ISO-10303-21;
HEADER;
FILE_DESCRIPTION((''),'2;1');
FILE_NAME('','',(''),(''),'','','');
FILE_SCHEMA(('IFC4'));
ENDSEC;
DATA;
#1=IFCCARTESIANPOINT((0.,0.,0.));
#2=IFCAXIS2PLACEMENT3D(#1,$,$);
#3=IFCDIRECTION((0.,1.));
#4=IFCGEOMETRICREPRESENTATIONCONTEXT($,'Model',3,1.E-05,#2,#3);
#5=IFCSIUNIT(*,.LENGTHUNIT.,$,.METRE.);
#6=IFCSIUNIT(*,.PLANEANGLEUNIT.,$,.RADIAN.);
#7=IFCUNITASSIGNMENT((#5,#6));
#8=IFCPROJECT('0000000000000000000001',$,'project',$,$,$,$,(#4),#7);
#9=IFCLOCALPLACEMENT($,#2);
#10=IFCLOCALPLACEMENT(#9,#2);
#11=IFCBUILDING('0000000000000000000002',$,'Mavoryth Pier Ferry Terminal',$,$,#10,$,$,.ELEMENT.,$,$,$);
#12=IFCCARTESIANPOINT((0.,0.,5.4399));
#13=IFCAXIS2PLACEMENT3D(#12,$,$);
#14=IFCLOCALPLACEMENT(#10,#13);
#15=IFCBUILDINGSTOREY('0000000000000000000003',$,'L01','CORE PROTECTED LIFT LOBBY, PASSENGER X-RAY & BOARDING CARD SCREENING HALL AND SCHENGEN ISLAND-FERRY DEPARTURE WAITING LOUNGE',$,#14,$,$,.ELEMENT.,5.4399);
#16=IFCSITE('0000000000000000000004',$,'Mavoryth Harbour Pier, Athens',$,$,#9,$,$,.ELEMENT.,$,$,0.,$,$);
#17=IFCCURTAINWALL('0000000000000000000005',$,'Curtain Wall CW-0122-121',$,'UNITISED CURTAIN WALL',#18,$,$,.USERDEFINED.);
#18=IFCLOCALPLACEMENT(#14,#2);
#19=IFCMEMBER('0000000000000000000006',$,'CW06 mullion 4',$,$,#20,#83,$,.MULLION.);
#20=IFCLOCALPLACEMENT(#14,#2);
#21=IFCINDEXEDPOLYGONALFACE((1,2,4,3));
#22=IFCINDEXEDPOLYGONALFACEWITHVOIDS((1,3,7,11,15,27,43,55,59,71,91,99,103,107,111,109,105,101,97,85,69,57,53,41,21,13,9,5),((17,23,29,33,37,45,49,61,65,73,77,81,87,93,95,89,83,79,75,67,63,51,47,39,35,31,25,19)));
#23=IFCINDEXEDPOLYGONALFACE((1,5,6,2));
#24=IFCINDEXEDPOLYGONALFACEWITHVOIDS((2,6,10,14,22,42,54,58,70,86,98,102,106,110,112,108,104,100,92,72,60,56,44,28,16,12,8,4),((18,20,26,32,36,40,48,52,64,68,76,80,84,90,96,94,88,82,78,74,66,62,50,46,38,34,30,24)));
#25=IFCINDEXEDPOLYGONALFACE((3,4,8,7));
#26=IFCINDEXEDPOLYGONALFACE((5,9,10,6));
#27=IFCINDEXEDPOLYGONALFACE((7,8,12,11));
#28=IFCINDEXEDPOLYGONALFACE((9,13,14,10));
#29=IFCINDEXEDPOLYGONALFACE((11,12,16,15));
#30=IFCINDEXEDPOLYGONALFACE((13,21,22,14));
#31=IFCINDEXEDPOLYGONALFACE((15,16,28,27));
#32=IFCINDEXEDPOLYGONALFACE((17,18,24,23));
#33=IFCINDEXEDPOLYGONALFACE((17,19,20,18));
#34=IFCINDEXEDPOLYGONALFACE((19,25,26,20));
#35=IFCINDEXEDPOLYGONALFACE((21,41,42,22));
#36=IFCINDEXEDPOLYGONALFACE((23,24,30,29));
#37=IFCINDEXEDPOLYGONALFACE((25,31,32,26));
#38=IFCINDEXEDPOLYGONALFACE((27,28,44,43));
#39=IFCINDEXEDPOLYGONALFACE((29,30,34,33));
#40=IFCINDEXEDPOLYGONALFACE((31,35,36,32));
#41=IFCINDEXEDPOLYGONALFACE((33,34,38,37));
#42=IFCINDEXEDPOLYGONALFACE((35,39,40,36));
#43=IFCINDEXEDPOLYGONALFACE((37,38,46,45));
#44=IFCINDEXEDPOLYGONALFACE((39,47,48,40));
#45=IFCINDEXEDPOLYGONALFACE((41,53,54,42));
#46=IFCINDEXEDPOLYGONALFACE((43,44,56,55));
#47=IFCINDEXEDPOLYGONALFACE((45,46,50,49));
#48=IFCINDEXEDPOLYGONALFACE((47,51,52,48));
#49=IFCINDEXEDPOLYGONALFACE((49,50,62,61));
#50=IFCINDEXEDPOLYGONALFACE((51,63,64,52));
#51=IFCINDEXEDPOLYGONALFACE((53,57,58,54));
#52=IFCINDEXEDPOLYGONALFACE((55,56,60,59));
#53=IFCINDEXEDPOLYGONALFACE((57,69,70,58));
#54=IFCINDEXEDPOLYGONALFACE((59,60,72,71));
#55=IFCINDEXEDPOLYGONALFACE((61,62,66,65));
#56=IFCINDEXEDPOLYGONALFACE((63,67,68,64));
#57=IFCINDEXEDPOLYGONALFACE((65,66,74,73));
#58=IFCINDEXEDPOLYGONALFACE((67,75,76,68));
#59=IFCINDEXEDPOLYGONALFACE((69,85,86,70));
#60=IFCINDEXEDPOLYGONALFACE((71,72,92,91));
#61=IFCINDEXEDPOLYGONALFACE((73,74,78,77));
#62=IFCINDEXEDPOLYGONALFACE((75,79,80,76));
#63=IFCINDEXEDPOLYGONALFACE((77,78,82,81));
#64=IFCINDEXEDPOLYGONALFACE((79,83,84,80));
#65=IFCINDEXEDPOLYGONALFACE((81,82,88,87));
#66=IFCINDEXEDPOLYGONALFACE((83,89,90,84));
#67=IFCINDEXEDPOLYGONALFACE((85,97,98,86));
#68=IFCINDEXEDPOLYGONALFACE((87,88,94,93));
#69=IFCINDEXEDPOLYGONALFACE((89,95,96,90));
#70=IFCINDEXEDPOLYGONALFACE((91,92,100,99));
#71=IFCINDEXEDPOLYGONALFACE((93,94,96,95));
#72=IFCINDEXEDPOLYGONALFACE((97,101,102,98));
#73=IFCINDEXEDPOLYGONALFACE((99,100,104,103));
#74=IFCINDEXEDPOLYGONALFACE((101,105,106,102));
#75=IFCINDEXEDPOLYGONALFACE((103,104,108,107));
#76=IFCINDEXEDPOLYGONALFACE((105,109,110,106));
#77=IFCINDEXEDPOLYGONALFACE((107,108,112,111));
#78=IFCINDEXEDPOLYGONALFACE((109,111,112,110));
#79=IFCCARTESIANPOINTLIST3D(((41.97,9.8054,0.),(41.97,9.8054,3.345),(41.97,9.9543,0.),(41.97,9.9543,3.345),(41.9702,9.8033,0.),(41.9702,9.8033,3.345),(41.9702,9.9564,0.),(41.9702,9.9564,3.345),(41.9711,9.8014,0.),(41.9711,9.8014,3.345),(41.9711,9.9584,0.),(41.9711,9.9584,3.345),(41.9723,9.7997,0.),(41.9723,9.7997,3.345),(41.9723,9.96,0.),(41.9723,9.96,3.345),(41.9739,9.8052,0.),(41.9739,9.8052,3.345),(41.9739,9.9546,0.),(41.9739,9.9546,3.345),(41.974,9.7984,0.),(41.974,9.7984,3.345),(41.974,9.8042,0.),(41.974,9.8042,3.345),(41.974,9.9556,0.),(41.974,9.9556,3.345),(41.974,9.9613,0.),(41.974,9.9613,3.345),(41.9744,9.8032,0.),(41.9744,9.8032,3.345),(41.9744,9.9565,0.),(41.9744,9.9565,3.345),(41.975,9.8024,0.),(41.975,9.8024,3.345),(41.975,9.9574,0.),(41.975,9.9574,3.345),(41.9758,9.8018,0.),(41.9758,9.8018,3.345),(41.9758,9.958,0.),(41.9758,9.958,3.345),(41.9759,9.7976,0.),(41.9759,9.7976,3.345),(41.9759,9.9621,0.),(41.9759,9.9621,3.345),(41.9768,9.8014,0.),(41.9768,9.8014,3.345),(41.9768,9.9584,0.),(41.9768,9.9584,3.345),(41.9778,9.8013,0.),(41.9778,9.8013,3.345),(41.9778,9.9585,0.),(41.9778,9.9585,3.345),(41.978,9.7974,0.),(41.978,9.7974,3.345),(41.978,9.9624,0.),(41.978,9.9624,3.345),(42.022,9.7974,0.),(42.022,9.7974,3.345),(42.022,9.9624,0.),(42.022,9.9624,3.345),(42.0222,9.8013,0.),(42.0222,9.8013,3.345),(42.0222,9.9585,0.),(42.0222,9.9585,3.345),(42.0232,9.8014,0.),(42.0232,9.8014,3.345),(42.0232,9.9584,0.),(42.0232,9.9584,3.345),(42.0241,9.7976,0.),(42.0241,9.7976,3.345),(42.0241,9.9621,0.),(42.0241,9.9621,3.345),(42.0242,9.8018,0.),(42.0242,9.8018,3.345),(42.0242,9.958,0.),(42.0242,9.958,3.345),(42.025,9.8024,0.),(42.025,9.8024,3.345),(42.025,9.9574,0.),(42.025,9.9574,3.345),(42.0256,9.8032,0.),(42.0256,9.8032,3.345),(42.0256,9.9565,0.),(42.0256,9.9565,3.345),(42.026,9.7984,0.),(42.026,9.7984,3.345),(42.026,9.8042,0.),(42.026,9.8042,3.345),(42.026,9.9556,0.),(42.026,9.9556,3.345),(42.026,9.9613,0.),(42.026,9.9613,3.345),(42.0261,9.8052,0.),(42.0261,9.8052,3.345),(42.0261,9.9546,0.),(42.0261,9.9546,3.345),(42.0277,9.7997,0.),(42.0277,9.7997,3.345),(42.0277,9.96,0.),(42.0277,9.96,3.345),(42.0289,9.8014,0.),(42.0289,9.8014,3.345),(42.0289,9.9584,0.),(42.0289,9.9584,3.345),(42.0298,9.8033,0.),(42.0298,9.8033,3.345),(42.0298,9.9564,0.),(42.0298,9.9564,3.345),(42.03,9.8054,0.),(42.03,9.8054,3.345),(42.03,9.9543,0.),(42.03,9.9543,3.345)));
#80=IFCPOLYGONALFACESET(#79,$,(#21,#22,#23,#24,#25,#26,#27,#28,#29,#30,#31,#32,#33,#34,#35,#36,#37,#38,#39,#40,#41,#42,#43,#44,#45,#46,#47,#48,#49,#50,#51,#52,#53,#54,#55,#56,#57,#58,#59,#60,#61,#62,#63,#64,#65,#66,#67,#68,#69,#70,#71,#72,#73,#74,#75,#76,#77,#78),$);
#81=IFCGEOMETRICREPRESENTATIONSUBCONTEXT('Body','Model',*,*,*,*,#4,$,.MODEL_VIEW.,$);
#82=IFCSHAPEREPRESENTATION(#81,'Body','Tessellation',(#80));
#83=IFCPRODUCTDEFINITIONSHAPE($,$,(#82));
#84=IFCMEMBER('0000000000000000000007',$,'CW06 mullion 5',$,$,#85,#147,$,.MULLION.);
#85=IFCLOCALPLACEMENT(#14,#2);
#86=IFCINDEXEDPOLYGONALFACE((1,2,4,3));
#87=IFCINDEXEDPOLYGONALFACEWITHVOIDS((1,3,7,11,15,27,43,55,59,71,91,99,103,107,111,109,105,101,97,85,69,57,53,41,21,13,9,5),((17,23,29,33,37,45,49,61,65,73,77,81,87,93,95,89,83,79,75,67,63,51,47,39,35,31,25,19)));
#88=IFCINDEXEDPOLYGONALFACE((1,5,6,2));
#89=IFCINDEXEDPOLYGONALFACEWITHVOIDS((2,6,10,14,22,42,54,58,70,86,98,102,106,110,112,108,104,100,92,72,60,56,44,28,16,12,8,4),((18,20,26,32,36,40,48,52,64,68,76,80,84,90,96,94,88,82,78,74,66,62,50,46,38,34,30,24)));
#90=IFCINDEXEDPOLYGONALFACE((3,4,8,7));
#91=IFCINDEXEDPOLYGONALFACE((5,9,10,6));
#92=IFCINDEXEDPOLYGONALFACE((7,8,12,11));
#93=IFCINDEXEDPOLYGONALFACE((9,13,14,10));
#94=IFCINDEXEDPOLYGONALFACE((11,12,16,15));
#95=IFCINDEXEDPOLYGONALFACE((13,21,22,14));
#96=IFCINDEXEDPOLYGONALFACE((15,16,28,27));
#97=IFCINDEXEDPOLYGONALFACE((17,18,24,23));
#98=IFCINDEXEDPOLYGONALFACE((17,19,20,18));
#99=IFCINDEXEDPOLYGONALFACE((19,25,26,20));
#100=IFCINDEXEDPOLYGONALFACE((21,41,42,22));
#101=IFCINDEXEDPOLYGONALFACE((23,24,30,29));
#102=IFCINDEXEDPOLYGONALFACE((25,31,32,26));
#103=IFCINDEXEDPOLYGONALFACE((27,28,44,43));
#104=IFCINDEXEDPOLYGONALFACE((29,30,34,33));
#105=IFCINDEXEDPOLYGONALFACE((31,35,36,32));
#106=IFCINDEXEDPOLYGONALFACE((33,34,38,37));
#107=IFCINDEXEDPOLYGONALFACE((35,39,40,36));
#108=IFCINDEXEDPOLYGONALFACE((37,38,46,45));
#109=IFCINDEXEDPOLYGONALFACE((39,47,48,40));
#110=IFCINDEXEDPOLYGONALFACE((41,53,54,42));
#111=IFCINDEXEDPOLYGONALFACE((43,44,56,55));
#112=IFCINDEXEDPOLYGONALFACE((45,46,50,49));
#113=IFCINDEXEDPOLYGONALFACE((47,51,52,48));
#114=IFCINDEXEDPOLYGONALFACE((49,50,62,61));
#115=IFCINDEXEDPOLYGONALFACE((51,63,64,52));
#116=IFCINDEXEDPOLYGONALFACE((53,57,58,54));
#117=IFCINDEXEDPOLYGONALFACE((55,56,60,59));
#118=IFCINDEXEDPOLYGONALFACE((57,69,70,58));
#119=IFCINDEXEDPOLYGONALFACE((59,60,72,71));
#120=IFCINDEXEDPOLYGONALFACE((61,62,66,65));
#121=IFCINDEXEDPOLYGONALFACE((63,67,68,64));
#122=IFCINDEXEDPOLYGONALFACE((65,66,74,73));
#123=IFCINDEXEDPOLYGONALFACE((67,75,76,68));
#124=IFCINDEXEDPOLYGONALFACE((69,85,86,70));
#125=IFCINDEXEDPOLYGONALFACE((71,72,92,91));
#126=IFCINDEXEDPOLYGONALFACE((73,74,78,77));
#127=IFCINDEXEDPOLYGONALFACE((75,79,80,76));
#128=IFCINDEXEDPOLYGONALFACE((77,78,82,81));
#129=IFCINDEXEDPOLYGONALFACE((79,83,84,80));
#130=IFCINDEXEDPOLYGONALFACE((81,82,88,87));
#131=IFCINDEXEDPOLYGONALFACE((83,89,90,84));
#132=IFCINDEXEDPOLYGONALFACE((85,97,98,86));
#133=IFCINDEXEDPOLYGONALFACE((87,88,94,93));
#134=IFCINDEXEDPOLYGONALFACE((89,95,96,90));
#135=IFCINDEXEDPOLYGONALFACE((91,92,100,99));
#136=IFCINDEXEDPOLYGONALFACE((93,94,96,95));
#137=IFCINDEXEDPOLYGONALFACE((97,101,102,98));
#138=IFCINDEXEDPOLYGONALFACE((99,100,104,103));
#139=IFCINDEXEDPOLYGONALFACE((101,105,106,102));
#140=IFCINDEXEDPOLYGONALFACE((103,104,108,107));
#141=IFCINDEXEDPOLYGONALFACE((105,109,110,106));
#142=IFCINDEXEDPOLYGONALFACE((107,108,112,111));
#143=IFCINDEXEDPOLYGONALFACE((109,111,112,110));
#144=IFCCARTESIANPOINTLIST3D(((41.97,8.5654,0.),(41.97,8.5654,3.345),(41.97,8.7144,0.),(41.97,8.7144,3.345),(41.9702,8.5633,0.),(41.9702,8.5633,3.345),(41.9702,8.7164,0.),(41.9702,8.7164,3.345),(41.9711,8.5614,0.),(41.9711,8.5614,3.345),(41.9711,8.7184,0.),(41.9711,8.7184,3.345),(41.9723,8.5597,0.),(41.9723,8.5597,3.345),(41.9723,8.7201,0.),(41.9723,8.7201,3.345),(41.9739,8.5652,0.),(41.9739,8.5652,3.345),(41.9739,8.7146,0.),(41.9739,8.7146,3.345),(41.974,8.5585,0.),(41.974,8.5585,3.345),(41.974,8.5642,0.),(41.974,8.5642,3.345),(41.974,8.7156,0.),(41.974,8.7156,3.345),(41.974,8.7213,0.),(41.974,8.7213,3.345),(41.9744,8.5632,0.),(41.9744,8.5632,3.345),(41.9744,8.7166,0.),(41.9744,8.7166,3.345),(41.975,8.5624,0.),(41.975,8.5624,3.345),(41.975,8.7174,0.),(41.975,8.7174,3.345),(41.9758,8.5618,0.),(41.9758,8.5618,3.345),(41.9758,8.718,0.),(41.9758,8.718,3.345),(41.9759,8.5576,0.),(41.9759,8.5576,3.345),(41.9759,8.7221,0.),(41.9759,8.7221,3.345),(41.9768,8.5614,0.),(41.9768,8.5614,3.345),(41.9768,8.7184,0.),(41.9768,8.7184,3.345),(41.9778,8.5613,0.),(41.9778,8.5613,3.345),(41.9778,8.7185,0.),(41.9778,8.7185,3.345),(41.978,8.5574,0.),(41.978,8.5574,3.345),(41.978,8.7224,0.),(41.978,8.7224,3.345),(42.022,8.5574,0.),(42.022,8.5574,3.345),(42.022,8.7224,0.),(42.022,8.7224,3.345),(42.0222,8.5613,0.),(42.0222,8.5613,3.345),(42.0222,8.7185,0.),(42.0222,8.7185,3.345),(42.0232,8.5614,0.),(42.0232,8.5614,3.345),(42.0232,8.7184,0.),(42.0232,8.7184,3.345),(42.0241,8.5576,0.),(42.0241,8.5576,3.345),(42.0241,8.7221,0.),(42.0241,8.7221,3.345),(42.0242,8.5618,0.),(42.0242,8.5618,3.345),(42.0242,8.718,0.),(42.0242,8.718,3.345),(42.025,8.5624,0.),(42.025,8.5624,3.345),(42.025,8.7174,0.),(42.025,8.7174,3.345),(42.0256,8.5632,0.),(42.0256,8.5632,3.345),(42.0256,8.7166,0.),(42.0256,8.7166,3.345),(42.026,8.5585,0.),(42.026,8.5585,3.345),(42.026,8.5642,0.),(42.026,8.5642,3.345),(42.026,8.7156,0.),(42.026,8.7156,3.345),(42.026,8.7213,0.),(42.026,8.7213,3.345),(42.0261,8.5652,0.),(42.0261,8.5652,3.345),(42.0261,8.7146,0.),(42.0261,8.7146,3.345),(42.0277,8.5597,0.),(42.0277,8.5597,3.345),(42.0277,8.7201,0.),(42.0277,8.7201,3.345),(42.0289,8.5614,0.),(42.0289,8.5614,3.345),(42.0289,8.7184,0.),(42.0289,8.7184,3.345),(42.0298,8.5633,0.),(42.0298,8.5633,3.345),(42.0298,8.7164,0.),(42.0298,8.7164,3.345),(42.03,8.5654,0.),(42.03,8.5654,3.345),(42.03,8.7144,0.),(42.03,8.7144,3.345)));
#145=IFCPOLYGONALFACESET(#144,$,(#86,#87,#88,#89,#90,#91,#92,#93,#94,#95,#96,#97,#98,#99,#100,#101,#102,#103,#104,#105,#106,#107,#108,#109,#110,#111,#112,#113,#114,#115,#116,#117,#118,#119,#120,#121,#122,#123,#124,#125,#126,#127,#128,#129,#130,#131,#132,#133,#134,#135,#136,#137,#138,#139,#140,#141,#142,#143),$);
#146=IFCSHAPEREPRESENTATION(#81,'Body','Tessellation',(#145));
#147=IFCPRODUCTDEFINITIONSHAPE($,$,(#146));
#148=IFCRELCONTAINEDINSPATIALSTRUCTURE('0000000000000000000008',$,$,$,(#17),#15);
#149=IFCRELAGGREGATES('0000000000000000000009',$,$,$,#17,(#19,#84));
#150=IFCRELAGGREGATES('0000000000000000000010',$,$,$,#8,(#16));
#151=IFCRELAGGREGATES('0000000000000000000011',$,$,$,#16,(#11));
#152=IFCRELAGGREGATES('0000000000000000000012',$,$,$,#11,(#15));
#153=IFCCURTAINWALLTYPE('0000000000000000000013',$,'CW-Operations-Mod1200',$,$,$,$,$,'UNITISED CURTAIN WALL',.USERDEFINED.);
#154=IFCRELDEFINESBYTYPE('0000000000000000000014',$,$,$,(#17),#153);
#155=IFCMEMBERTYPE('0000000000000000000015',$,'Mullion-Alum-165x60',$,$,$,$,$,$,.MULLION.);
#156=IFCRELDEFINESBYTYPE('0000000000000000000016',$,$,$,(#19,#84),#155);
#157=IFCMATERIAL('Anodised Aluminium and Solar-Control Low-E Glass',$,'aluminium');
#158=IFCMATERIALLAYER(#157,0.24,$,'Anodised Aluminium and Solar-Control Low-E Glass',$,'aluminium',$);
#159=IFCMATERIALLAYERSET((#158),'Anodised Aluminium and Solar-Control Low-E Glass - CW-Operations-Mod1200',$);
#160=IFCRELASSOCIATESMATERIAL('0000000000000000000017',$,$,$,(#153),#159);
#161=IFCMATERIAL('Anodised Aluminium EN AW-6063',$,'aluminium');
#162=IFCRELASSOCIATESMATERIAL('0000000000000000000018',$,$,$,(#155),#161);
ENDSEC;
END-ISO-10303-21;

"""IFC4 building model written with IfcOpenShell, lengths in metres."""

from ifc_helpers import new_model, si_unit, direction, frame, origin, origin_2d, place, context, subcontext, project, spatial, hollow_rectangle, extrude, material, layer, layer_set, material_profile, profile_set, type_object, element, aggregate, save


model = new_model("IFC4")

# Units and contexts
model_context = context("Model", 3, precision=1e-05, world=origin(), true_north=direction((0.0, 1.0)))
body_context = subcontext(model_context, "Body", "Model", "MODEL_VIEW")
ifc_project = project(units=[si_unit("LENGTHUNIT", "METRE"), si_unit("PLANEANGLEUNIT", "RADIAN")], contexts=[model_context])

# Site, building, storey
site_placement = place(None, origin())
site = spatial("IfcSite", under=ifc_project, at=site_placement, Name="Mavoryth Harbour Pier, Athens", CompositionType="ELEMENT", RefElevation=0.0)
building_placement = place(site_placement, origin())
building = spatial("IfcBuilding", under=site, at=building_placement, Name="Mavoryth Pier Ferry Terminal", CompositionType="ELEMENT")
storey_placement = place(building_placement, frame((0.0, 0.0, 5.4399)))
storey = spatial("IfcBuildingStorey", under=building, at=storey_placement, Name="L01", Description="CORE PROTECTED LIFT LOBBY, PASSENGER X-RAY & BOARDING CARD SCREENING HALL AND SCHENGEN ISLAND-FERRY DEPARTURE WAITING LOUNGE", CompositionType="ELEMENT", Elevation=5.4399)

# Curtain wall, members
ifc_material_1 = material(Name="Anodised Aluminium and Solar-Control Low-E Glass", Category="aluminium")
ifc_layer_1 = layer(ifc_material_1, 0.24, Name="Anodised Aluminium and Solar-Control Low-E Glass", Category="aluminium")
ifc_layer_set_1 = layer_set([ifc_layer_1], Name="Anodised Aluminium and Solar-Control Low-E Glass - CW-Operations-Mod1200")
curtain_wall_type = type_object("IfcCurtainWallType", Name="CW-Operations-Mod1200", ElementType="UNITISED CURTAIN WALL", PredefinedType="USERDEFINED", material=ifc_layer_set_1)
ifc_material_2 = material(Name="Anodised Aluminium EN AW-6063", Category="aluminium")
ifc_material_profile_1 = material_profile(ifc_material_2, hollow_rectangle(XDim=0.0601, YDim=0.165, WallThickness=0.0039, InnerFilletRadius=0.0039, OuterFilletRadius=0.0081, at=origin_2d()), Name="AL-MULL 165x60x4", Category="aluminium")
ifc_profile_set_1 = profile_set([ifc_material_profile_1], Name="Anodised Aluminium EN AW-6063 - AL-MULL 165x60x4")
member_type_1 = type_object("IfcMemberType", Name="Mullion-Alum-165x60", PredefinedType="MULLION", material=ifc_profile_set_1)
curtain_wall_1_placement = place(storey_placement, origin())
curtain_wall_1 = element("IfcCurtainWall", 1, at=curtain_wall_1_placement, inside=storey, type_object=curtain_wall_type, Name="Curtain Wall CW-0122-121", ObjectType="UNITISED CURTAIN WALL", PredefinedType="USERDEFINED")
member_1_placement = place(storey_placement, frame((42.0, 9.8799, 0.0), z_axis=(0.0, 0.0, 1.0), x_axis=(1.0, 0.0, 0.0)))
member_1 = element("IfcMember", 2, at=member_1_placement, type_object=member_type_1, Name="CW06 mullion 4", PredefinedType="MULLION", context=body_context, shape_type="SweptSolid", body=[
    extrude(hollow_rectangle(XDim=0.0601, YDim=0.165, WallThickness=0.0039, InnerFilletRadius=0.0039, OuterFilletRadius=0.0081, at=origin_2d()), origin(), (0.0, 0.0, 1.0), 3.345),
])
member_2_placement = place(storey_placement, frame((42.0, 8.6399, 0.0), z_axis=(0.0, 0.0, 1.0), x_axis=(1.0, 0.0, 0.0)))
member_2 = element("IfcMember", 3, at=member_2_placement, type_object=member_type_1, Name="CW06 mullion 5", PredefinedType="MULLION", context=body_context, shape_type="SweptSolid", body=[
    extrude(hollow_rectangle(XDim=0.0601, YDim=0.165, WallThickness=0.0039, InnerFilletRadius=0.0039, OuterFilletRadius=0.0081, at=origin_2d()), origin(), (0.0, 0.0, 1.0), 3.345),
])

aggregate(curtain_wall_1, [member_1, member_2])

save(model, "model.ifc")
